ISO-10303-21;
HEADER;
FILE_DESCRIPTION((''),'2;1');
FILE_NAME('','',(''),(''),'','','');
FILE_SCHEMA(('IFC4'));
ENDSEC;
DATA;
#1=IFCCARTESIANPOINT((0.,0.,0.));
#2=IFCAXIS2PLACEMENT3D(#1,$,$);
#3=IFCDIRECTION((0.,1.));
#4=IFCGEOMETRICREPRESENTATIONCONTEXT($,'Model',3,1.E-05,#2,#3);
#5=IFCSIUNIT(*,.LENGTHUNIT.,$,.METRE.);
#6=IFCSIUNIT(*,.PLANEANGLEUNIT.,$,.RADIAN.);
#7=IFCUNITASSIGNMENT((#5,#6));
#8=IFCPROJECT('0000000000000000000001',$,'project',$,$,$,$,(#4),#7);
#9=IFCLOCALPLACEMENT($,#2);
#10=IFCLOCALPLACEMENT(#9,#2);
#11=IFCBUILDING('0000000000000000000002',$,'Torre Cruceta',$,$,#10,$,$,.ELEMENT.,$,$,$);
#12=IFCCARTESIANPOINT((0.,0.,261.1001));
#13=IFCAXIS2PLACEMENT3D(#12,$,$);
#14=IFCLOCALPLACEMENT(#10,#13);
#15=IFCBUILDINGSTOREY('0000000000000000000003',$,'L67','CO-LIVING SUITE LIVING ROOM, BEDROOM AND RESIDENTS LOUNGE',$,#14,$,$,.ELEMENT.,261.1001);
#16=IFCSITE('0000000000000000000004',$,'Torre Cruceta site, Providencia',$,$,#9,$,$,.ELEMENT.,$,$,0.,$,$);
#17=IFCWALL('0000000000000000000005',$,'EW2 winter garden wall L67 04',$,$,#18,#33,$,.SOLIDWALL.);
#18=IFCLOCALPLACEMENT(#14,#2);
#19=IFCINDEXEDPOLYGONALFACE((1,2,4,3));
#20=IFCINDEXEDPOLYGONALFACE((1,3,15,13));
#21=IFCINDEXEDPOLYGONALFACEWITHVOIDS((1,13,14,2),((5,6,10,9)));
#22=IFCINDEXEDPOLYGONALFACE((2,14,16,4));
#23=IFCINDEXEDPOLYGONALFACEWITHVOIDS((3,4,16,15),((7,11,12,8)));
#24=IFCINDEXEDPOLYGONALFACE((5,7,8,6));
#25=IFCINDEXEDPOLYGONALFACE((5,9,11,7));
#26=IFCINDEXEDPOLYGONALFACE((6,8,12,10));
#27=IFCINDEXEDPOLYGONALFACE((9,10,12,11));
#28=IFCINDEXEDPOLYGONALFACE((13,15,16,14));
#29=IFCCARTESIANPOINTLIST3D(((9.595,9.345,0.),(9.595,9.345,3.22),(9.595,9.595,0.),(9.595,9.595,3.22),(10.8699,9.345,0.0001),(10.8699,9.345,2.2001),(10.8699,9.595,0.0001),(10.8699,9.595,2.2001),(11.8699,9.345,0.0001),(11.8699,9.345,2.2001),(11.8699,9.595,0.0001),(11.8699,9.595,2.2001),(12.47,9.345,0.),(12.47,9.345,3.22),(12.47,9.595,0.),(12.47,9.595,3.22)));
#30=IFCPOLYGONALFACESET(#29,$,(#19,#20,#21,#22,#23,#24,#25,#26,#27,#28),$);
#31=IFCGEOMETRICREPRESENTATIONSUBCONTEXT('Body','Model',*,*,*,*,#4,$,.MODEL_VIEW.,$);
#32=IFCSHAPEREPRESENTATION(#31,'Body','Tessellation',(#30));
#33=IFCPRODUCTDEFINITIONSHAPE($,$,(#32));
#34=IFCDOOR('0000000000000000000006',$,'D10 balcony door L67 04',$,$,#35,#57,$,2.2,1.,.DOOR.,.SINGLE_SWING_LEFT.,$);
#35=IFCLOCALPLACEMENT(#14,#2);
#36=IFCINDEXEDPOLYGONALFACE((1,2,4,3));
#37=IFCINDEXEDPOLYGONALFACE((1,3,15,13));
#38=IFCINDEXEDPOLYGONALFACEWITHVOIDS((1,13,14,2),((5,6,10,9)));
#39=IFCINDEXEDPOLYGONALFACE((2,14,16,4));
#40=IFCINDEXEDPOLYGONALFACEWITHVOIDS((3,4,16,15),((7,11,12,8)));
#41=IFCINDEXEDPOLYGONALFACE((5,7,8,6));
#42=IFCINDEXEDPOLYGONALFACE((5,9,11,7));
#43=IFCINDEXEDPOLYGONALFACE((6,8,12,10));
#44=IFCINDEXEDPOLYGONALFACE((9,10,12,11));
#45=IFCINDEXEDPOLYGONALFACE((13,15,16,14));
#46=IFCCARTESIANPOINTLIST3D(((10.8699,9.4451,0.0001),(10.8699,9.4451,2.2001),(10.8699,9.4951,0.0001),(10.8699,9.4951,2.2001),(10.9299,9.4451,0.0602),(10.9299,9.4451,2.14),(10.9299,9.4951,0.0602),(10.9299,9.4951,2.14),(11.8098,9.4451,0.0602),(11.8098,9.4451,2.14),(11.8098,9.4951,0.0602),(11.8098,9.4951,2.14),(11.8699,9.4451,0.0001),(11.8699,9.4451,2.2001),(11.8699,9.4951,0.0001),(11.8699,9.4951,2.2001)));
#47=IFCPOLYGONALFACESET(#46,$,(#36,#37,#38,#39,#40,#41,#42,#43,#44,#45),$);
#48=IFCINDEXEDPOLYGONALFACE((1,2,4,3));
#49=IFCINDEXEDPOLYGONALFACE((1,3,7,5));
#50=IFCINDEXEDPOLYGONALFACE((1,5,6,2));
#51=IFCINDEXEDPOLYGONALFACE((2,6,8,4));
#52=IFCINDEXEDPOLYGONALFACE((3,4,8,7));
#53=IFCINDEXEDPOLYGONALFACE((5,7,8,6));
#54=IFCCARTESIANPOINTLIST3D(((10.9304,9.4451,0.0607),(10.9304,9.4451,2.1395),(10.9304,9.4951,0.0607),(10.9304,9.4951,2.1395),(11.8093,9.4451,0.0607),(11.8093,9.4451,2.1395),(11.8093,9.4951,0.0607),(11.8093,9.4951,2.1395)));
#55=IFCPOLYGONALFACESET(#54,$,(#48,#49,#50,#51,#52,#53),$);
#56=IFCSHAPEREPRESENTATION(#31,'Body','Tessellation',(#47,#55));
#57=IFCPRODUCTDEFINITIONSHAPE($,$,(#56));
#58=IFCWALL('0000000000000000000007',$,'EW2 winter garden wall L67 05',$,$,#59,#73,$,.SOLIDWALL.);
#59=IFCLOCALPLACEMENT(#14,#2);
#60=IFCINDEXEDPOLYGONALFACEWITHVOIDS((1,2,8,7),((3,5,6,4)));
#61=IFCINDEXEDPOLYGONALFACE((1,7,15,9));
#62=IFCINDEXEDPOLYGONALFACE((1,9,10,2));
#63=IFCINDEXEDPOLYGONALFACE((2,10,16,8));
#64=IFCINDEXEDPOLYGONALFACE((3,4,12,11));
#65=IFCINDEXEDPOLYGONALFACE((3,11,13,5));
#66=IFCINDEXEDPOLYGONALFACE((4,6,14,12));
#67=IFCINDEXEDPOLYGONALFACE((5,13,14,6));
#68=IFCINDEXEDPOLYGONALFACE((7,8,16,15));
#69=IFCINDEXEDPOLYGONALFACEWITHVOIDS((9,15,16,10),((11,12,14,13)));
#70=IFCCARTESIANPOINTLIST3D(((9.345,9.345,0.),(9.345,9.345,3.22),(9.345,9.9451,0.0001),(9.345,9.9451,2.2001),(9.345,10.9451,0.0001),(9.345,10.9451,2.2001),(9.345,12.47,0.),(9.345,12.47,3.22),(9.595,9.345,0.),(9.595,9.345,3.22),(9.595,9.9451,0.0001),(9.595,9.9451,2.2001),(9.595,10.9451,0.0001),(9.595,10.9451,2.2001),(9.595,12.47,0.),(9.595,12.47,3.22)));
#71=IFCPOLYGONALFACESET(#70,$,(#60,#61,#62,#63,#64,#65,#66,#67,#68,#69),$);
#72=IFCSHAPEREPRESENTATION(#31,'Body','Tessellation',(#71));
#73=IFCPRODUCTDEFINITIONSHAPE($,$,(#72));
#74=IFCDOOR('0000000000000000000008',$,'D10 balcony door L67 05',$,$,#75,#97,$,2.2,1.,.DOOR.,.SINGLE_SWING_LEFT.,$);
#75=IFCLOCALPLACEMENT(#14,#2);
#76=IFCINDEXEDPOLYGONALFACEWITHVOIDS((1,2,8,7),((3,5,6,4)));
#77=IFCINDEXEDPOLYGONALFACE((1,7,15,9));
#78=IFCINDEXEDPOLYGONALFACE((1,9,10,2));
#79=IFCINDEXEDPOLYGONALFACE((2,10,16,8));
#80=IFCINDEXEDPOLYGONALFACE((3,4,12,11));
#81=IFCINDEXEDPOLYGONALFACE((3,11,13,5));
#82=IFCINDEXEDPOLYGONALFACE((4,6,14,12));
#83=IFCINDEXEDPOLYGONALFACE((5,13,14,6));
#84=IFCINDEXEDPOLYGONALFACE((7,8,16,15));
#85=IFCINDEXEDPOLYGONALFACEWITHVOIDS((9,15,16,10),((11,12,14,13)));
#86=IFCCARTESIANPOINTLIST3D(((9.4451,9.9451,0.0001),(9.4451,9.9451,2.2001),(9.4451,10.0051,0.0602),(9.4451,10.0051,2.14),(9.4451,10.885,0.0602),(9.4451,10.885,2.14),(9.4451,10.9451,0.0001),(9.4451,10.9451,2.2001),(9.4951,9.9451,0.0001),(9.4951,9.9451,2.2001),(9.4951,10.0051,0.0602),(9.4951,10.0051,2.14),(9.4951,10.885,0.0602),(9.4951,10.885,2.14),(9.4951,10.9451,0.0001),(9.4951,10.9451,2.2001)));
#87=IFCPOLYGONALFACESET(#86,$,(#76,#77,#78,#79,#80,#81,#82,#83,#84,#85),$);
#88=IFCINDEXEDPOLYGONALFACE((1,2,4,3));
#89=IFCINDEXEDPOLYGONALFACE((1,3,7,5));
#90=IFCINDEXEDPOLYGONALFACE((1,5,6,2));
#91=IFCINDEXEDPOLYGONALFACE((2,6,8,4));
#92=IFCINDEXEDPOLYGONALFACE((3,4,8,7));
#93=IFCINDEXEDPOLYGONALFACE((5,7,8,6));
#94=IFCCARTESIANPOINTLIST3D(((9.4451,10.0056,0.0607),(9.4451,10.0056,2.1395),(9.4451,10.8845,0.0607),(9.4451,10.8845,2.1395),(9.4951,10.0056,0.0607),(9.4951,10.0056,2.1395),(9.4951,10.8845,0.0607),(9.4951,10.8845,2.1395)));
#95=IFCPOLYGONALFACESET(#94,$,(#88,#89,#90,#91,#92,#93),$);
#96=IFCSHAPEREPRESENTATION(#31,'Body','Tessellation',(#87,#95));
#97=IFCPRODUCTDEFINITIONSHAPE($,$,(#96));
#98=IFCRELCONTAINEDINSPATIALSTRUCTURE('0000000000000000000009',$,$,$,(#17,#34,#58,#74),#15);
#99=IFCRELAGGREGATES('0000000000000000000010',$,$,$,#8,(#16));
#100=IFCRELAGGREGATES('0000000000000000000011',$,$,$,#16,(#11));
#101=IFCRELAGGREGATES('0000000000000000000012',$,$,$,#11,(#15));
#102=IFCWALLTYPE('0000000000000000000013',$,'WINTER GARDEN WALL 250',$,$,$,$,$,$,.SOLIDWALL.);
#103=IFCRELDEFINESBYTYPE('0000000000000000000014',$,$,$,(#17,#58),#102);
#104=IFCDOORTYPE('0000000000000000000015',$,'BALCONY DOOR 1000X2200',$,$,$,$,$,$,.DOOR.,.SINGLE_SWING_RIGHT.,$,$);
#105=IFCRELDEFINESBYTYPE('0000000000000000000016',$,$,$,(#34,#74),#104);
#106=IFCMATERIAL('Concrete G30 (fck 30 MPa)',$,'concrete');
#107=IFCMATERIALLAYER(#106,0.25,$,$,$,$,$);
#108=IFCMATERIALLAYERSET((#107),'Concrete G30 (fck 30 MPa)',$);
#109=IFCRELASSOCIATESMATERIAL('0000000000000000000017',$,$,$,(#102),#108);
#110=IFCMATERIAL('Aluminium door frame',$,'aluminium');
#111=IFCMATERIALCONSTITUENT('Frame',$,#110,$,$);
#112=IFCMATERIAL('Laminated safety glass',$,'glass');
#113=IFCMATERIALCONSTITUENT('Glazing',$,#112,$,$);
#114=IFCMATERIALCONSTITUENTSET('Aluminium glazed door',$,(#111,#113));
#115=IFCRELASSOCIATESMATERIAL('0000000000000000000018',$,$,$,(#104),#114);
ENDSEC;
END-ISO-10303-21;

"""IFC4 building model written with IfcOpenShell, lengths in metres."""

from ifc_helpers import new_model, si_unit, direction, frame, frame_2d, origin, place, context, subcontext, project, spatial, rectangle, hollow_rectangle, extrude, material, layer, layer_set, constituent, constituent_set, type_object, element, fill, save


model = new_model("IFC4")

# Units and contexts
model_context = context("Model", 3, precision=1e-05, world=origin(), true_north=direction((0.0, 1.0)))
body_context = subcontext(model_context, "Body", "Model", "MODEL_VIEW")
ifc_project = project(units=[si_unit("LENGTHUNIT", "METRE"), si_unit("PLANEANGLEUNIT", "RADIAN")], contexts=[model_context])

# Site, building, storey
site_placement = place(None, origin())
site = spatial("IfcSite", under=ifc_project, at=site_placement, Name="Torre Cruceta site, Providencia", CompositionType="ELEMENT", RefElevation=0.0)
building_placement = place(site_placement, origin())
building = spatial("IfcBuilding", under=site, at=building_placement, Name="Torre Cruceta", CompositionType="ELEMENT")
storey_placement = place(building_placement, frame((0.0, 0.0, 261.1001)))
storey = spatial("IfcBuildingStorey", under=building, at=storey_placement, Name="L67", Description="CO-LIVING SUITE LIVING ROOM, BEDROOM AND RESIDENTS LOUNGE", CompositionType="ELEMENT", Elevation=261.1001)

# Walls, openings, doors
ifc_material_1 = material(Name="Concrete G30 (fck 30 MPa)", Category="concrete")
ifc_layer_1 = layer(ifc_material_1, 0.25)
ifc_layer_set_1 = layer_set([ifc_layer_1], Name="Concrete G30 (fck 30 MPa)")
wall_type_1 = type_object("IfcWallType", Name="WINTER GARDEN WALL 250", PredefinedType="SOLIDWALL", material=ifc_layer_set_1)
wall_1_placement = place(storey_placement, frame((12.47, 9.47, 0.0), z_axis=(0.0, 0.0, 1.0), x_axis=(-1.0, 0.0, 0.0)))
wall_1 = element("IfcWall", 1, at=wall_1_placement, inside=storey, type_object=wall_type_1, Name="EW2 winter garden wall L67 04", PredefinedType="SOLIDWALL", context=body_context, shape_type="SweptSolid", body=[
    extrude(rectangle(XDim=2.875, YDim=0.25, at=frame_2d((1.4375, 0.0))), origin(), (0.0, 0.0, 1.0), 3.22),
])
opening_1_placement = place(wall_1_placement, frame((0.6001, 0.0, 0.0)))
opening_1 = element("IfcOpeningElement", 2, at=opening_1_placement, cuts=wall_1, PredefinedType="OPENING", context=body_context, shape_type="SweptSolid", body=[
    extrude(rectangle(XDim=1.0, YDim=2.2, at=frame_2d((0.5, 1.1001))), frame((0.0, 0.135, 0.0), z_axis=(0.0, -1.0, 0.0), x_axis=(1.0, 0.0, 0.0)), (0.0, 0.0, 1.0), 0.27),
])
ifc_material_2 = material(Name="Aluminium door frame", Category="aluminium")
ifc_constituent_1 = constituent(ifc_material_2, Name="Frame")
ifc_material_3 = material(Name="Laminated safety glass", Category="glass")
ifc_constituent_2 = constituent(ifc_material_3, Name="Glazing")
ifc_constituent_set_1 = constituent_set(constituents=[ifc_constituent_1, ifc_constituent_2], Name="Aluminium glazed door")
door_type_1 = type_object("IfcDoorType", Name="BALCONY DOOR 1000X2200", OperationType="SINGLE_SWING_RIGHT", PredefinedType="DOOR", material=ifc_constituent_set_1)
door_1_placement = place(opening_1_placement, origin())
door_1 = element("IfcDoor", 3, at=door_1_placement, inside=storey, type_object=door_type_1, Name="D10 balcony door L67 04", OperationType="SINGLE_SWING_LEFT", OverallHeight=2.2, OverallWidth=1.0, PredefinedType="DOOR", context=body_context, shape_type="SweptSolid", body=[
    extrude(hollow_rectangle(XDim=1.0, YDim=2.2, WallThickness=0.0601, at=frame_2d((0.5, 1.1001))), frame((0.0, 0.0249, 0.0), z_axis=(0.0, -1.0, 0.0), x_axis=(1.0, 0.0, 0.0)), (0.0, 0.0, 1.0), 0.05),
    extrude(rectangle(XDim=0.8789, YDim=2.0789, at=frame_2d((0.5, 1.1001))), frame((0.0, 0.0249, 0.0), z_axis=(0.0, -1.0, 0.0), x_axis=(1.0, 0.0, 0.0)), (0.0, 0.0, 1.0), 0.05),
])
fill(opening_1, door_1)
wall_2_placement = place(storey_placement, frame((9.47, 9.345, 0.0), z_axis=(0.0, 0.0, 1.0), x_axis=(0.0, 1.0, 0.0)))
wall_2 = element("IfcWall", 4, at=wall_2_placement, inside=storey, type_object=wall_type_1, Name="EW2 winter garden wall L67 05", PredefinedType="SOLIDWALL", context=body_context, shape_type="SweptSolid", body=[
    extrude(rectangle(XDim=3.125, YDim=0.25, at=frame_2d((1.5625, 0.0))), origin(), (0.0, 0.0, 1.0), 3.22),
])
opening_2_placement = place(wall_2_placement, frame((0.6001, 0.0, 0.0)))
opening_2 = element("IfcOpeningElement", 5, at=opening_2_placement, cuts=wall_2, PredefinedType="OPENING", context=body_context, shape_type="SweptSolid", body=[
    extrude(rectangle(XDim=1.0, YDim=2.2, at=frame_2d((0.5, 1.1001))), frame((0.0, 0.135, 0.0), z_axis=(0.0, -1.0, 0.0), x_axis=(1.0, 0.0, 0.0)), (0.0, 0.0, 1.0), 0.27),
])
door_2_placement = place(opening_2_placement, origin())
door_2 = element("IfcDoor", 6, at=door_2_placement, inside=storey, type_object=door_type_1, Name="D10 balcony door L67 05", OperationType="SINGLE_SWING_LEFT", OverallHeight=2.2, OverallWidth=1.0, PredefinedType="DOOR", context=body_context, shape_type="SweptSolid", body=[
    extrude(hollow_rectangle(XDim=1.0, YDim=2.2, WallThickness=0.0601, at=frame_2d((0.5, 1.1001))), frame((0.0, 0.0249, 0.0), z_axis=(0.0, -1.0, 0.0), x_axis=(1.0, 0.0, 0.0)), (0.0, 0.0, 1.0), 0.05),
    extrude(rectangle(XDim=0.8789, YDim=2.0789, at=frame_2d((0.5, 1.1001))), frame((0.0, 0.0249, 0.0), z_axis=(0.0, -1.0, 0.0), x_axis=(1.0, 0.0, 0.0)), (0.0, 0.0, 1.0), 0.05),
])
fill(opening_2, door_2)

save(model, "model.ifc")
